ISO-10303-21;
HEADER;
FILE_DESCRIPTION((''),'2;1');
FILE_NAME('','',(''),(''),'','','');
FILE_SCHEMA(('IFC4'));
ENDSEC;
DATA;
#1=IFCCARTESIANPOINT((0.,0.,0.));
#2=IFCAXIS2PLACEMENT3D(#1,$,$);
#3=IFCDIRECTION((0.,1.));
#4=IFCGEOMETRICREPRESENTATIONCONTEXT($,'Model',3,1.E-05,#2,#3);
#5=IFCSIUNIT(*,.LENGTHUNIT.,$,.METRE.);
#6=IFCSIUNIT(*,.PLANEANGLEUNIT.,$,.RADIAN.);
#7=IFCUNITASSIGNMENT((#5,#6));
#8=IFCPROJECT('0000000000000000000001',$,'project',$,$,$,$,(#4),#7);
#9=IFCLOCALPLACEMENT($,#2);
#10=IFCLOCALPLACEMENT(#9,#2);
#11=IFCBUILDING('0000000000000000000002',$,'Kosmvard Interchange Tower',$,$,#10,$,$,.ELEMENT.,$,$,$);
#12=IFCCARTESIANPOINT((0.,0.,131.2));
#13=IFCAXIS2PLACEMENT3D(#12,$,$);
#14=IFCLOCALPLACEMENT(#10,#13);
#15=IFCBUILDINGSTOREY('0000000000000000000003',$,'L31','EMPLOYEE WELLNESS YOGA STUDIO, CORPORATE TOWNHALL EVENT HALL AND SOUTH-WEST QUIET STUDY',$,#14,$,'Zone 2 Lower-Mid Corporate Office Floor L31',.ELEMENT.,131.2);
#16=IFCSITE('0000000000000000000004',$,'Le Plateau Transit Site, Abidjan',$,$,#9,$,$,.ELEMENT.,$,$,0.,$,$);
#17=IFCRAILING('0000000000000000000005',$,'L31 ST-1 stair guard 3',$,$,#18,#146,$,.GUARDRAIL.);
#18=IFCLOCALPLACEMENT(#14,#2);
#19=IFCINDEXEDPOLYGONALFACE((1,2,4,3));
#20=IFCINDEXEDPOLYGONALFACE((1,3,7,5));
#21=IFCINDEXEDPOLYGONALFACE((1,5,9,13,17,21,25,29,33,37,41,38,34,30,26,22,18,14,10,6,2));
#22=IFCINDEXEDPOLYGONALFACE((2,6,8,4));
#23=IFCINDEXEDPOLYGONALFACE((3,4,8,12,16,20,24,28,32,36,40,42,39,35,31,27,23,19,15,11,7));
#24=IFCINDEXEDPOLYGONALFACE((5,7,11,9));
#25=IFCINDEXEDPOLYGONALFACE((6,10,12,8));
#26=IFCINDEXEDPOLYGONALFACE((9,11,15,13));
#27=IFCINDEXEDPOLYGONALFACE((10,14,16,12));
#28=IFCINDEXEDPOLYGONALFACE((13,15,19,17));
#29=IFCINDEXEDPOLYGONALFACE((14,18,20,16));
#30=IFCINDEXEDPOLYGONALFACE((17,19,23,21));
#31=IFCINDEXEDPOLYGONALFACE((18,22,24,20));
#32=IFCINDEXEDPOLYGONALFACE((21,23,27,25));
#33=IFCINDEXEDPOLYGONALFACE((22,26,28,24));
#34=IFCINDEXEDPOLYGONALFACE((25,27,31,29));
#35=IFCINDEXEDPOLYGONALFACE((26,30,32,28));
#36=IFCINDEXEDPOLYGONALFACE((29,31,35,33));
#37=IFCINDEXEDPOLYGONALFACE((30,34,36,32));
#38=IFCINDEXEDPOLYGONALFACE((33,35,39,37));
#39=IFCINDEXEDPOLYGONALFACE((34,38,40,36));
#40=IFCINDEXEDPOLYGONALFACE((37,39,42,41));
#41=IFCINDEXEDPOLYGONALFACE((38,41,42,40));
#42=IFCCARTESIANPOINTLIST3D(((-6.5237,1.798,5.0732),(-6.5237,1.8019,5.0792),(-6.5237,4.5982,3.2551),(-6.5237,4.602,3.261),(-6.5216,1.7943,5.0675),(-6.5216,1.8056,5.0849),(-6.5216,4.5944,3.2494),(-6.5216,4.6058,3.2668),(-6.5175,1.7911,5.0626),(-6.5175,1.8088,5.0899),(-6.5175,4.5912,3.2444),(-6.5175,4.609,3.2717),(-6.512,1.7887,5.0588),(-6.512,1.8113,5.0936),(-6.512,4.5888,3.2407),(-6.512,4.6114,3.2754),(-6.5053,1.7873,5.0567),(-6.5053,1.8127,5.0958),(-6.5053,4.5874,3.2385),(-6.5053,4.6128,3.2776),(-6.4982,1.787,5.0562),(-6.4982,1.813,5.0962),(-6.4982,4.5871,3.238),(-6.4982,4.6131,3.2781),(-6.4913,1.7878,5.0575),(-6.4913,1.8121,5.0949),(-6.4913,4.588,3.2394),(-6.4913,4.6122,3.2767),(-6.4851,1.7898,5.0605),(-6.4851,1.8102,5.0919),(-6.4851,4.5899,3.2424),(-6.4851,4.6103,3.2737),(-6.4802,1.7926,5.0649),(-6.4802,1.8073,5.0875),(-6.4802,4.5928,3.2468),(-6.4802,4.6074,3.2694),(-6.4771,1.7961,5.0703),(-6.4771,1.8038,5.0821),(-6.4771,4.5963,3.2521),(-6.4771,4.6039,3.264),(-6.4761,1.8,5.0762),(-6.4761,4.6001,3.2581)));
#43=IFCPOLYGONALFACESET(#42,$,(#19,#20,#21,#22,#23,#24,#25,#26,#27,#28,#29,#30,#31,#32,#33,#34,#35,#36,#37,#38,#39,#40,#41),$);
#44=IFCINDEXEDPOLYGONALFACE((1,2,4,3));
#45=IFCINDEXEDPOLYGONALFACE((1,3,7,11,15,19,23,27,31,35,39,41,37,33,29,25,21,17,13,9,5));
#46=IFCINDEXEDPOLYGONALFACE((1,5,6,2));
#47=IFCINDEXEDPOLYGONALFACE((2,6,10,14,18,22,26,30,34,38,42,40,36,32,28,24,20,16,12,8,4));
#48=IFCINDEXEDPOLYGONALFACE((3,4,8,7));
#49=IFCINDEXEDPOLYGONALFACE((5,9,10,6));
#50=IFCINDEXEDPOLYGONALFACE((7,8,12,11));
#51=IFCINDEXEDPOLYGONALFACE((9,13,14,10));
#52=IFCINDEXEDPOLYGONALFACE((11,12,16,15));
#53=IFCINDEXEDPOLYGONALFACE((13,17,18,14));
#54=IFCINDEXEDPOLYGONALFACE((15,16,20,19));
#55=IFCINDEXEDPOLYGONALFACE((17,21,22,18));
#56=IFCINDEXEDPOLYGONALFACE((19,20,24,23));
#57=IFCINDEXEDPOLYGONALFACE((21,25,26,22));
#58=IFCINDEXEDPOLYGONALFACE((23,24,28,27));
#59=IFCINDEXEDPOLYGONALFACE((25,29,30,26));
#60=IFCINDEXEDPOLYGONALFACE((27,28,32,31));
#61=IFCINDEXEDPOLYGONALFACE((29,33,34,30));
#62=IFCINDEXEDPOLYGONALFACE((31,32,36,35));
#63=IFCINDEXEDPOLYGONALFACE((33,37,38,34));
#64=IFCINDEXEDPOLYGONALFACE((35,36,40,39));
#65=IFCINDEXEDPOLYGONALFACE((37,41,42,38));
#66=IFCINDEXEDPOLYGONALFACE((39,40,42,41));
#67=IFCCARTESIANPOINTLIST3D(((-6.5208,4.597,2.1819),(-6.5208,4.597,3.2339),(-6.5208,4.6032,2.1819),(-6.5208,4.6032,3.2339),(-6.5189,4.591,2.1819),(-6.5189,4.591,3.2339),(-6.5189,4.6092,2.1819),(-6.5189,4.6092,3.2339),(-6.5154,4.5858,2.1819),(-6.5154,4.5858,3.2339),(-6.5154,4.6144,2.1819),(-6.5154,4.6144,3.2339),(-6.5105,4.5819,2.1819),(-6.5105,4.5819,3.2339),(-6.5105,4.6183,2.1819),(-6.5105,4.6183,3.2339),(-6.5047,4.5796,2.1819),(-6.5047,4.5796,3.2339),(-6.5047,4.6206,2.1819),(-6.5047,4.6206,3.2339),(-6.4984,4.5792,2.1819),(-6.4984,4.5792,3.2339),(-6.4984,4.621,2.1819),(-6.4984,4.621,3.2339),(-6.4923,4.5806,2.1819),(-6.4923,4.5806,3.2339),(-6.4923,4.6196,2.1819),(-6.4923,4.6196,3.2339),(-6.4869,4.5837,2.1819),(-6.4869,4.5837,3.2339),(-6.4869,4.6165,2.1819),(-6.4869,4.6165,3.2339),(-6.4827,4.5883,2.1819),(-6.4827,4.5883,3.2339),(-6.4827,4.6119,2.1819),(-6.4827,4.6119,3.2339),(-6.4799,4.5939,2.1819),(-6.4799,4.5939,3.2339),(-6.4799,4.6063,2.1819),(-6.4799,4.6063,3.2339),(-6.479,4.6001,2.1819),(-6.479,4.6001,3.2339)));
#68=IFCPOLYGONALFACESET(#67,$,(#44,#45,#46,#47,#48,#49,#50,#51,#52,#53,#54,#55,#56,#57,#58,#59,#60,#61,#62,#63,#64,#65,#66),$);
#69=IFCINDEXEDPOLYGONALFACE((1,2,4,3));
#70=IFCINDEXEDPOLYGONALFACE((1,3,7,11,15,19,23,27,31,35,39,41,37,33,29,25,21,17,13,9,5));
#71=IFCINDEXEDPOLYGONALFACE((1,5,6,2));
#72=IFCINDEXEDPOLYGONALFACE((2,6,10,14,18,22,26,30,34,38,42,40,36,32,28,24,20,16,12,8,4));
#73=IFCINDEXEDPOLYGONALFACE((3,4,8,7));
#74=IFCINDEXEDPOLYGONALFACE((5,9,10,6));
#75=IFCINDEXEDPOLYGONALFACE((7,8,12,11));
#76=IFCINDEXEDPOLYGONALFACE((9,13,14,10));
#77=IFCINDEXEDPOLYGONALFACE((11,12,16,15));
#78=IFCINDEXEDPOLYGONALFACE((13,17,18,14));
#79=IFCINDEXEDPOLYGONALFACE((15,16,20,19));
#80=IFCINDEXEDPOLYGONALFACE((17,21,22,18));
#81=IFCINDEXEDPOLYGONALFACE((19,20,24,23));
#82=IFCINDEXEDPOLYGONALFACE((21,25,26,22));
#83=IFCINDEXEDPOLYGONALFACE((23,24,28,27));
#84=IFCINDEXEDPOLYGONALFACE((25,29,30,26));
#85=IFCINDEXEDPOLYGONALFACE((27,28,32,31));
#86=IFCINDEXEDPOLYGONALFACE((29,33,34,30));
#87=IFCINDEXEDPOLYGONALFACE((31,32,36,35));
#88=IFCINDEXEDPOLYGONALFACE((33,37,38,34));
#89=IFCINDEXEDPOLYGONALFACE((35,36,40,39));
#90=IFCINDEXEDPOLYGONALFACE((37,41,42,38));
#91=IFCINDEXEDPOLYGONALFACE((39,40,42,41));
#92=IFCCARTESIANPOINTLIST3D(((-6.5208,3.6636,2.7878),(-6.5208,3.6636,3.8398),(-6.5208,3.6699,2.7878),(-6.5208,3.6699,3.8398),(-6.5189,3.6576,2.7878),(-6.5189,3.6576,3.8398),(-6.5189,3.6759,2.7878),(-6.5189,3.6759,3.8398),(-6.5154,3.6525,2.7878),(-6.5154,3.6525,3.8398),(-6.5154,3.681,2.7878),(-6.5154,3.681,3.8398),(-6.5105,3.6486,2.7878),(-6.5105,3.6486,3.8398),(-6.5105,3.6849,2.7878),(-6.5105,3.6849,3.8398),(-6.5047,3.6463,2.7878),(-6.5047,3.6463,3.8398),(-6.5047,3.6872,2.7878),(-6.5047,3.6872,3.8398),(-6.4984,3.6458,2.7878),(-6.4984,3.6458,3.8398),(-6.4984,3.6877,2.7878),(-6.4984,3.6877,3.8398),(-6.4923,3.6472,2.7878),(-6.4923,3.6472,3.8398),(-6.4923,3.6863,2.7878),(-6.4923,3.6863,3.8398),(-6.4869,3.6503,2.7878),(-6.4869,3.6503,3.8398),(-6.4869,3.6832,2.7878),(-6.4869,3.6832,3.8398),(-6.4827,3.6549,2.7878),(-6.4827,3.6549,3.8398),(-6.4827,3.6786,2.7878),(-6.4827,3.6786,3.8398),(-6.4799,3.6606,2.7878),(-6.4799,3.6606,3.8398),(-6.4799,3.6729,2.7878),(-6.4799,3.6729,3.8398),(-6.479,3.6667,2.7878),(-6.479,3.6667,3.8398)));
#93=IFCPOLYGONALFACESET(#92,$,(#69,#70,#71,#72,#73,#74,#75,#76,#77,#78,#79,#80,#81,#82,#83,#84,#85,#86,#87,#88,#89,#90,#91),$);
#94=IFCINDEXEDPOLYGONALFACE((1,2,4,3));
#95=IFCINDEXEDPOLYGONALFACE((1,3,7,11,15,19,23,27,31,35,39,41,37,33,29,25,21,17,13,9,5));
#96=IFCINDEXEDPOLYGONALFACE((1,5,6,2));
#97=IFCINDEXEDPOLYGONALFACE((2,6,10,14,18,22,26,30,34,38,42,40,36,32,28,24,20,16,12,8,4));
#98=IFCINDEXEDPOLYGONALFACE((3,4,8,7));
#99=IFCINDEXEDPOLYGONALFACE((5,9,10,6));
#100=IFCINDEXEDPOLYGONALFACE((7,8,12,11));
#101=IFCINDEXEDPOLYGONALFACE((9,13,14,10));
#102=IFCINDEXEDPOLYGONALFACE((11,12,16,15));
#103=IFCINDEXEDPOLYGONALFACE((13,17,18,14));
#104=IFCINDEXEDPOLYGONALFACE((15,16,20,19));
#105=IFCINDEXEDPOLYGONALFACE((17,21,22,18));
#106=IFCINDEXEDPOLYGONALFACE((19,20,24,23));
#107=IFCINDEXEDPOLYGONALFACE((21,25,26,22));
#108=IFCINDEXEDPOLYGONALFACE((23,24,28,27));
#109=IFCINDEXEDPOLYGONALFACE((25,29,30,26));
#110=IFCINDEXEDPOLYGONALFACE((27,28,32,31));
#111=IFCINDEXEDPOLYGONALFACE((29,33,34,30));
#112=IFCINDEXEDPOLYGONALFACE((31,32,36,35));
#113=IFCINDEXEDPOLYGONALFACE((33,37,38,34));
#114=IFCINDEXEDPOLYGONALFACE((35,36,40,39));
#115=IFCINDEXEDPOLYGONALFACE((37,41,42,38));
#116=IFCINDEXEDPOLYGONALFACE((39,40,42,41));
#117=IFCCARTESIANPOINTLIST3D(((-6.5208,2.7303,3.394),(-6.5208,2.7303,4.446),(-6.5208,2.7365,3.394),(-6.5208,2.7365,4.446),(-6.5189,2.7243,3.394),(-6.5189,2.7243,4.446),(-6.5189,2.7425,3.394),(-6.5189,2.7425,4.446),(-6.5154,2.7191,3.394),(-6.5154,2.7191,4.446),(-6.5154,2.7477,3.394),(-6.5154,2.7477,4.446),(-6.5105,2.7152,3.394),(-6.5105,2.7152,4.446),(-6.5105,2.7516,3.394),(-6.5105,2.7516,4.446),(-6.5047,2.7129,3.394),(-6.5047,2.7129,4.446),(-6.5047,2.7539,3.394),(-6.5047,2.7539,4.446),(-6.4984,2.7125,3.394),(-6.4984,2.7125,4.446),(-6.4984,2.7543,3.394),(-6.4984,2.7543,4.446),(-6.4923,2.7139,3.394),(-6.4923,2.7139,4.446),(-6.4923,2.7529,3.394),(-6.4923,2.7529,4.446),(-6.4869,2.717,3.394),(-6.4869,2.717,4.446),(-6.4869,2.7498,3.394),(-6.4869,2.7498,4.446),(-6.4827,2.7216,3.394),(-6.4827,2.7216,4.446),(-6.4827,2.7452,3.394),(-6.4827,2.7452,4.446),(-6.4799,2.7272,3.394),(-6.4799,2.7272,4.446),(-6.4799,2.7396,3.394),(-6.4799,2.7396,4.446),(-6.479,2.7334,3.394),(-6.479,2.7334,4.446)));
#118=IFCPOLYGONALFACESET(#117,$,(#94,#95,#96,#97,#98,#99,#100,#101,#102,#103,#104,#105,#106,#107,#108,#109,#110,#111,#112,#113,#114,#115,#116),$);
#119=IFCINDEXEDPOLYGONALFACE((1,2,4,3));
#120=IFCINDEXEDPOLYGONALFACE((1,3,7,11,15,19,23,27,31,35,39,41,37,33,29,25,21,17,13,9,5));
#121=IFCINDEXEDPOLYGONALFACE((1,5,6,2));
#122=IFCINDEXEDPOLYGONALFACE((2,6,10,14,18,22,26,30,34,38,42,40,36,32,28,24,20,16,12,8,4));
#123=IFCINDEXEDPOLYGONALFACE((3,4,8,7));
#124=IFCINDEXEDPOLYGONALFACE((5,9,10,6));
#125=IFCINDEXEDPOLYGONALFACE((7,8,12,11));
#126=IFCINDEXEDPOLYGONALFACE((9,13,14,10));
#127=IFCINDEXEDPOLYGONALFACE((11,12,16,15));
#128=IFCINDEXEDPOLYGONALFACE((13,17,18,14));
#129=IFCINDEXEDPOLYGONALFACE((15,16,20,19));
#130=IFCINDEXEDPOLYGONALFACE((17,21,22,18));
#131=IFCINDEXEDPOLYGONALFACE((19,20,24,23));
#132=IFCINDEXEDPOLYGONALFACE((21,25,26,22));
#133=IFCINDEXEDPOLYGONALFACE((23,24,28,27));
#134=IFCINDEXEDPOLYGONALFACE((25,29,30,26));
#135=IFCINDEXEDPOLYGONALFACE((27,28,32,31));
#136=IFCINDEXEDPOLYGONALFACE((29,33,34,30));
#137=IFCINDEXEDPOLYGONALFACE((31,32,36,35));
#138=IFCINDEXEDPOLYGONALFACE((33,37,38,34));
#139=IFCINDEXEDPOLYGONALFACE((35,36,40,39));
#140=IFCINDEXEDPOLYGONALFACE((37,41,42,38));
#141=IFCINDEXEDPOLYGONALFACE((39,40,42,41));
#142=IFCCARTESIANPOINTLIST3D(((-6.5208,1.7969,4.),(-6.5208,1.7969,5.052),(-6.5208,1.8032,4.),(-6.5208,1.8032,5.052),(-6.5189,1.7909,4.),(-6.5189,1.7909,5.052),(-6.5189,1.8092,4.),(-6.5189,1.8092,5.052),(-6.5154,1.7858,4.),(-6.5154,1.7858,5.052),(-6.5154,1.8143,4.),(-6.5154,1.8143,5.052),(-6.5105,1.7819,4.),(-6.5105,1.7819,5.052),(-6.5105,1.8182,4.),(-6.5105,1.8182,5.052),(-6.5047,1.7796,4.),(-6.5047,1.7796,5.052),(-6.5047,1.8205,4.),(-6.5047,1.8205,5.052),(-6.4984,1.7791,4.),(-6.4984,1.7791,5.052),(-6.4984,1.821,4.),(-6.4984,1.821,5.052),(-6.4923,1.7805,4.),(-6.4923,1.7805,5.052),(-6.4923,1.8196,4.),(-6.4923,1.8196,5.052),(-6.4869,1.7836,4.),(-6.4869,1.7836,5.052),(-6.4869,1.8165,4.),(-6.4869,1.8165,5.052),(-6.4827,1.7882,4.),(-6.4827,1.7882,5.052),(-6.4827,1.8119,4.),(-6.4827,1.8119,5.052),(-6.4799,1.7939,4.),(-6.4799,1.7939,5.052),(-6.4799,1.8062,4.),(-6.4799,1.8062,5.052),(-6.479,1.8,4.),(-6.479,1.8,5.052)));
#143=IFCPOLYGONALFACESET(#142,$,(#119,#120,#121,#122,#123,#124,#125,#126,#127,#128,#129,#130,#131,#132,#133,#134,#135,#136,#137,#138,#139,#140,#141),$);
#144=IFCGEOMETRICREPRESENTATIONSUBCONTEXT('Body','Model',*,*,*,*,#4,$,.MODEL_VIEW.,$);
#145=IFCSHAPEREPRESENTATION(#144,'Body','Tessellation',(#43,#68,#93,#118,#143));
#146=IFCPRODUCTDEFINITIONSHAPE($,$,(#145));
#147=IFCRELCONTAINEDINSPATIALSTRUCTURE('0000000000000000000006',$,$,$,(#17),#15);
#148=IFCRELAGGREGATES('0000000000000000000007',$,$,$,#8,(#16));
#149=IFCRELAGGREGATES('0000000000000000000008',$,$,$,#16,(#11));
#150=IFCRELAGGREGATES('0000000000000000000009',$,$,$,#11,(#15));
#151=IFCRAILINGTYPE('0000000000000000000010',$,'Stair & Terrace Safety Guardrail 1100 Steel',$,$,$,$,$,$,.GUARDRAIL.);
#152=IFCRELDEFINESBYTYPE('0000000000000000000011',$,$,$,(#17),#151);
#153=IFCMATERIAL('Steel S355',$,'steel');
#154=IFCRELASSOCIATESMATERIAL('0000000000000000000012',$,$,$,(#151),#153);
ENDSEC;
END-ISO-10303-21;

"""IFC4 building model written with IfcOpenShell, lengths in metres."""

from ifc_helpers import new_model, si_unit, direction, frame, origin, origin_2d, place, context, subcontext, project, spatial, circle, extrude, source, transform, mapped, material, type_object, element, save


model = new_model("IFC4")

# Units and contexts
model_context = context("Model", 3, precision=1e-05, world=origin(), true_north=direction((0.0, 1.0)))
body_context = subcontext(model_context, "Body", "Model", "MODEL_VIEW")
ifc_project = project(units=[si_unit("LENGTHUNIT", "METRE"), si_unit("PLANEANGLEUNIT", "RADIAN")], contexts=[model_context])

# Site, building, storey
site_placement = place(None, origin())
site = spatial("IfcSite", under=ifc_project, at=site_placement, Name="Le Plateau Transit Site, Abidjan", CompositionType="ELEMENT", RefElevation=0.0)
building_placement = place(site_placement, origin())
building = spatial("IfcBuilding", under=site, at=building_placement, Name="Kosmvard Interchange Tower", CompositionType="ELEMENT")
storey_placement = place(building_placement, frame((0.0, 0.0, 131.2)))
storey = spatial("IfcBuildingStorey", under=building, at=storey_placement, Name="L31", Description="EMPLOYEE WELLNESS YOGA STUDIO, CORPORATE TOWNHALL EVENT HALL AND SOUTH-WEST QUIET STUDY", LongName="Zone 2 Lower-Mid Corporate Office Floor L31", CompositionType="ELEMENT", Elevation=131.2)

# Shared definitions
ifc_material_1 = material(Name="Steel S355", Category="steel")

# Railing
railing_type_1 = type_object("IfcRailingType", Name="Stair & Terrace Safety Guardrail 1100 Steel", PredefinedType="GUARDRAIL", material=ifc_material_1)
shared_shape_1 = source(origin(), body_context, "Body", "SweptSolid", [
    extrude(circle(Radius=0.0239, at=origin_2d()), frame((0.0, 0.0, 1.0762), z_axis=(0.0, -0.838706, 0.544585), x_axis=(1.0, 0.0, 0.0)), (0.0, 0.0, 1.0), 3.3386),
    extrude(circle(Radius=0.021, at=origin_2d()), origin(), (0.0, 0.0, 1.0), 1.052),
    extrude(circle(Radius=0.021, at=origin_2d()), frame((0.0, -0.9333, 0.606)), (0.0, 0.0, 1.0), 1.052),
    extrude(circle(Radius=0.021, at=origin_2d()), frame((0.0, -1.8667, 1.2122)), (0.0, 0.0, 1.0), 1.052),
    extrude(circle(Radius=0.021, at=origin_2d()), frame((0.0, -2.8, 1.8181)), (0.0, 0.0, 1.0), 1.052),
])
railing_1_placement = place(storey_placement, frame((-6.5, 4.6001, 2.1819)))
element("IfcRailing", 1, at=railing_1_placement, inside=storey, type_object=railing_type_1, Name="L31 ST-1 stair guard 3", PredefinedType="GUARDRAIL", context=body_context, shape_type="MappedRepresentation", body=[
    mapped(shared_shape_1, transform((0.0, 0.0, 0.0), scale=1.0)),
])

save(model, "model.ifc")
